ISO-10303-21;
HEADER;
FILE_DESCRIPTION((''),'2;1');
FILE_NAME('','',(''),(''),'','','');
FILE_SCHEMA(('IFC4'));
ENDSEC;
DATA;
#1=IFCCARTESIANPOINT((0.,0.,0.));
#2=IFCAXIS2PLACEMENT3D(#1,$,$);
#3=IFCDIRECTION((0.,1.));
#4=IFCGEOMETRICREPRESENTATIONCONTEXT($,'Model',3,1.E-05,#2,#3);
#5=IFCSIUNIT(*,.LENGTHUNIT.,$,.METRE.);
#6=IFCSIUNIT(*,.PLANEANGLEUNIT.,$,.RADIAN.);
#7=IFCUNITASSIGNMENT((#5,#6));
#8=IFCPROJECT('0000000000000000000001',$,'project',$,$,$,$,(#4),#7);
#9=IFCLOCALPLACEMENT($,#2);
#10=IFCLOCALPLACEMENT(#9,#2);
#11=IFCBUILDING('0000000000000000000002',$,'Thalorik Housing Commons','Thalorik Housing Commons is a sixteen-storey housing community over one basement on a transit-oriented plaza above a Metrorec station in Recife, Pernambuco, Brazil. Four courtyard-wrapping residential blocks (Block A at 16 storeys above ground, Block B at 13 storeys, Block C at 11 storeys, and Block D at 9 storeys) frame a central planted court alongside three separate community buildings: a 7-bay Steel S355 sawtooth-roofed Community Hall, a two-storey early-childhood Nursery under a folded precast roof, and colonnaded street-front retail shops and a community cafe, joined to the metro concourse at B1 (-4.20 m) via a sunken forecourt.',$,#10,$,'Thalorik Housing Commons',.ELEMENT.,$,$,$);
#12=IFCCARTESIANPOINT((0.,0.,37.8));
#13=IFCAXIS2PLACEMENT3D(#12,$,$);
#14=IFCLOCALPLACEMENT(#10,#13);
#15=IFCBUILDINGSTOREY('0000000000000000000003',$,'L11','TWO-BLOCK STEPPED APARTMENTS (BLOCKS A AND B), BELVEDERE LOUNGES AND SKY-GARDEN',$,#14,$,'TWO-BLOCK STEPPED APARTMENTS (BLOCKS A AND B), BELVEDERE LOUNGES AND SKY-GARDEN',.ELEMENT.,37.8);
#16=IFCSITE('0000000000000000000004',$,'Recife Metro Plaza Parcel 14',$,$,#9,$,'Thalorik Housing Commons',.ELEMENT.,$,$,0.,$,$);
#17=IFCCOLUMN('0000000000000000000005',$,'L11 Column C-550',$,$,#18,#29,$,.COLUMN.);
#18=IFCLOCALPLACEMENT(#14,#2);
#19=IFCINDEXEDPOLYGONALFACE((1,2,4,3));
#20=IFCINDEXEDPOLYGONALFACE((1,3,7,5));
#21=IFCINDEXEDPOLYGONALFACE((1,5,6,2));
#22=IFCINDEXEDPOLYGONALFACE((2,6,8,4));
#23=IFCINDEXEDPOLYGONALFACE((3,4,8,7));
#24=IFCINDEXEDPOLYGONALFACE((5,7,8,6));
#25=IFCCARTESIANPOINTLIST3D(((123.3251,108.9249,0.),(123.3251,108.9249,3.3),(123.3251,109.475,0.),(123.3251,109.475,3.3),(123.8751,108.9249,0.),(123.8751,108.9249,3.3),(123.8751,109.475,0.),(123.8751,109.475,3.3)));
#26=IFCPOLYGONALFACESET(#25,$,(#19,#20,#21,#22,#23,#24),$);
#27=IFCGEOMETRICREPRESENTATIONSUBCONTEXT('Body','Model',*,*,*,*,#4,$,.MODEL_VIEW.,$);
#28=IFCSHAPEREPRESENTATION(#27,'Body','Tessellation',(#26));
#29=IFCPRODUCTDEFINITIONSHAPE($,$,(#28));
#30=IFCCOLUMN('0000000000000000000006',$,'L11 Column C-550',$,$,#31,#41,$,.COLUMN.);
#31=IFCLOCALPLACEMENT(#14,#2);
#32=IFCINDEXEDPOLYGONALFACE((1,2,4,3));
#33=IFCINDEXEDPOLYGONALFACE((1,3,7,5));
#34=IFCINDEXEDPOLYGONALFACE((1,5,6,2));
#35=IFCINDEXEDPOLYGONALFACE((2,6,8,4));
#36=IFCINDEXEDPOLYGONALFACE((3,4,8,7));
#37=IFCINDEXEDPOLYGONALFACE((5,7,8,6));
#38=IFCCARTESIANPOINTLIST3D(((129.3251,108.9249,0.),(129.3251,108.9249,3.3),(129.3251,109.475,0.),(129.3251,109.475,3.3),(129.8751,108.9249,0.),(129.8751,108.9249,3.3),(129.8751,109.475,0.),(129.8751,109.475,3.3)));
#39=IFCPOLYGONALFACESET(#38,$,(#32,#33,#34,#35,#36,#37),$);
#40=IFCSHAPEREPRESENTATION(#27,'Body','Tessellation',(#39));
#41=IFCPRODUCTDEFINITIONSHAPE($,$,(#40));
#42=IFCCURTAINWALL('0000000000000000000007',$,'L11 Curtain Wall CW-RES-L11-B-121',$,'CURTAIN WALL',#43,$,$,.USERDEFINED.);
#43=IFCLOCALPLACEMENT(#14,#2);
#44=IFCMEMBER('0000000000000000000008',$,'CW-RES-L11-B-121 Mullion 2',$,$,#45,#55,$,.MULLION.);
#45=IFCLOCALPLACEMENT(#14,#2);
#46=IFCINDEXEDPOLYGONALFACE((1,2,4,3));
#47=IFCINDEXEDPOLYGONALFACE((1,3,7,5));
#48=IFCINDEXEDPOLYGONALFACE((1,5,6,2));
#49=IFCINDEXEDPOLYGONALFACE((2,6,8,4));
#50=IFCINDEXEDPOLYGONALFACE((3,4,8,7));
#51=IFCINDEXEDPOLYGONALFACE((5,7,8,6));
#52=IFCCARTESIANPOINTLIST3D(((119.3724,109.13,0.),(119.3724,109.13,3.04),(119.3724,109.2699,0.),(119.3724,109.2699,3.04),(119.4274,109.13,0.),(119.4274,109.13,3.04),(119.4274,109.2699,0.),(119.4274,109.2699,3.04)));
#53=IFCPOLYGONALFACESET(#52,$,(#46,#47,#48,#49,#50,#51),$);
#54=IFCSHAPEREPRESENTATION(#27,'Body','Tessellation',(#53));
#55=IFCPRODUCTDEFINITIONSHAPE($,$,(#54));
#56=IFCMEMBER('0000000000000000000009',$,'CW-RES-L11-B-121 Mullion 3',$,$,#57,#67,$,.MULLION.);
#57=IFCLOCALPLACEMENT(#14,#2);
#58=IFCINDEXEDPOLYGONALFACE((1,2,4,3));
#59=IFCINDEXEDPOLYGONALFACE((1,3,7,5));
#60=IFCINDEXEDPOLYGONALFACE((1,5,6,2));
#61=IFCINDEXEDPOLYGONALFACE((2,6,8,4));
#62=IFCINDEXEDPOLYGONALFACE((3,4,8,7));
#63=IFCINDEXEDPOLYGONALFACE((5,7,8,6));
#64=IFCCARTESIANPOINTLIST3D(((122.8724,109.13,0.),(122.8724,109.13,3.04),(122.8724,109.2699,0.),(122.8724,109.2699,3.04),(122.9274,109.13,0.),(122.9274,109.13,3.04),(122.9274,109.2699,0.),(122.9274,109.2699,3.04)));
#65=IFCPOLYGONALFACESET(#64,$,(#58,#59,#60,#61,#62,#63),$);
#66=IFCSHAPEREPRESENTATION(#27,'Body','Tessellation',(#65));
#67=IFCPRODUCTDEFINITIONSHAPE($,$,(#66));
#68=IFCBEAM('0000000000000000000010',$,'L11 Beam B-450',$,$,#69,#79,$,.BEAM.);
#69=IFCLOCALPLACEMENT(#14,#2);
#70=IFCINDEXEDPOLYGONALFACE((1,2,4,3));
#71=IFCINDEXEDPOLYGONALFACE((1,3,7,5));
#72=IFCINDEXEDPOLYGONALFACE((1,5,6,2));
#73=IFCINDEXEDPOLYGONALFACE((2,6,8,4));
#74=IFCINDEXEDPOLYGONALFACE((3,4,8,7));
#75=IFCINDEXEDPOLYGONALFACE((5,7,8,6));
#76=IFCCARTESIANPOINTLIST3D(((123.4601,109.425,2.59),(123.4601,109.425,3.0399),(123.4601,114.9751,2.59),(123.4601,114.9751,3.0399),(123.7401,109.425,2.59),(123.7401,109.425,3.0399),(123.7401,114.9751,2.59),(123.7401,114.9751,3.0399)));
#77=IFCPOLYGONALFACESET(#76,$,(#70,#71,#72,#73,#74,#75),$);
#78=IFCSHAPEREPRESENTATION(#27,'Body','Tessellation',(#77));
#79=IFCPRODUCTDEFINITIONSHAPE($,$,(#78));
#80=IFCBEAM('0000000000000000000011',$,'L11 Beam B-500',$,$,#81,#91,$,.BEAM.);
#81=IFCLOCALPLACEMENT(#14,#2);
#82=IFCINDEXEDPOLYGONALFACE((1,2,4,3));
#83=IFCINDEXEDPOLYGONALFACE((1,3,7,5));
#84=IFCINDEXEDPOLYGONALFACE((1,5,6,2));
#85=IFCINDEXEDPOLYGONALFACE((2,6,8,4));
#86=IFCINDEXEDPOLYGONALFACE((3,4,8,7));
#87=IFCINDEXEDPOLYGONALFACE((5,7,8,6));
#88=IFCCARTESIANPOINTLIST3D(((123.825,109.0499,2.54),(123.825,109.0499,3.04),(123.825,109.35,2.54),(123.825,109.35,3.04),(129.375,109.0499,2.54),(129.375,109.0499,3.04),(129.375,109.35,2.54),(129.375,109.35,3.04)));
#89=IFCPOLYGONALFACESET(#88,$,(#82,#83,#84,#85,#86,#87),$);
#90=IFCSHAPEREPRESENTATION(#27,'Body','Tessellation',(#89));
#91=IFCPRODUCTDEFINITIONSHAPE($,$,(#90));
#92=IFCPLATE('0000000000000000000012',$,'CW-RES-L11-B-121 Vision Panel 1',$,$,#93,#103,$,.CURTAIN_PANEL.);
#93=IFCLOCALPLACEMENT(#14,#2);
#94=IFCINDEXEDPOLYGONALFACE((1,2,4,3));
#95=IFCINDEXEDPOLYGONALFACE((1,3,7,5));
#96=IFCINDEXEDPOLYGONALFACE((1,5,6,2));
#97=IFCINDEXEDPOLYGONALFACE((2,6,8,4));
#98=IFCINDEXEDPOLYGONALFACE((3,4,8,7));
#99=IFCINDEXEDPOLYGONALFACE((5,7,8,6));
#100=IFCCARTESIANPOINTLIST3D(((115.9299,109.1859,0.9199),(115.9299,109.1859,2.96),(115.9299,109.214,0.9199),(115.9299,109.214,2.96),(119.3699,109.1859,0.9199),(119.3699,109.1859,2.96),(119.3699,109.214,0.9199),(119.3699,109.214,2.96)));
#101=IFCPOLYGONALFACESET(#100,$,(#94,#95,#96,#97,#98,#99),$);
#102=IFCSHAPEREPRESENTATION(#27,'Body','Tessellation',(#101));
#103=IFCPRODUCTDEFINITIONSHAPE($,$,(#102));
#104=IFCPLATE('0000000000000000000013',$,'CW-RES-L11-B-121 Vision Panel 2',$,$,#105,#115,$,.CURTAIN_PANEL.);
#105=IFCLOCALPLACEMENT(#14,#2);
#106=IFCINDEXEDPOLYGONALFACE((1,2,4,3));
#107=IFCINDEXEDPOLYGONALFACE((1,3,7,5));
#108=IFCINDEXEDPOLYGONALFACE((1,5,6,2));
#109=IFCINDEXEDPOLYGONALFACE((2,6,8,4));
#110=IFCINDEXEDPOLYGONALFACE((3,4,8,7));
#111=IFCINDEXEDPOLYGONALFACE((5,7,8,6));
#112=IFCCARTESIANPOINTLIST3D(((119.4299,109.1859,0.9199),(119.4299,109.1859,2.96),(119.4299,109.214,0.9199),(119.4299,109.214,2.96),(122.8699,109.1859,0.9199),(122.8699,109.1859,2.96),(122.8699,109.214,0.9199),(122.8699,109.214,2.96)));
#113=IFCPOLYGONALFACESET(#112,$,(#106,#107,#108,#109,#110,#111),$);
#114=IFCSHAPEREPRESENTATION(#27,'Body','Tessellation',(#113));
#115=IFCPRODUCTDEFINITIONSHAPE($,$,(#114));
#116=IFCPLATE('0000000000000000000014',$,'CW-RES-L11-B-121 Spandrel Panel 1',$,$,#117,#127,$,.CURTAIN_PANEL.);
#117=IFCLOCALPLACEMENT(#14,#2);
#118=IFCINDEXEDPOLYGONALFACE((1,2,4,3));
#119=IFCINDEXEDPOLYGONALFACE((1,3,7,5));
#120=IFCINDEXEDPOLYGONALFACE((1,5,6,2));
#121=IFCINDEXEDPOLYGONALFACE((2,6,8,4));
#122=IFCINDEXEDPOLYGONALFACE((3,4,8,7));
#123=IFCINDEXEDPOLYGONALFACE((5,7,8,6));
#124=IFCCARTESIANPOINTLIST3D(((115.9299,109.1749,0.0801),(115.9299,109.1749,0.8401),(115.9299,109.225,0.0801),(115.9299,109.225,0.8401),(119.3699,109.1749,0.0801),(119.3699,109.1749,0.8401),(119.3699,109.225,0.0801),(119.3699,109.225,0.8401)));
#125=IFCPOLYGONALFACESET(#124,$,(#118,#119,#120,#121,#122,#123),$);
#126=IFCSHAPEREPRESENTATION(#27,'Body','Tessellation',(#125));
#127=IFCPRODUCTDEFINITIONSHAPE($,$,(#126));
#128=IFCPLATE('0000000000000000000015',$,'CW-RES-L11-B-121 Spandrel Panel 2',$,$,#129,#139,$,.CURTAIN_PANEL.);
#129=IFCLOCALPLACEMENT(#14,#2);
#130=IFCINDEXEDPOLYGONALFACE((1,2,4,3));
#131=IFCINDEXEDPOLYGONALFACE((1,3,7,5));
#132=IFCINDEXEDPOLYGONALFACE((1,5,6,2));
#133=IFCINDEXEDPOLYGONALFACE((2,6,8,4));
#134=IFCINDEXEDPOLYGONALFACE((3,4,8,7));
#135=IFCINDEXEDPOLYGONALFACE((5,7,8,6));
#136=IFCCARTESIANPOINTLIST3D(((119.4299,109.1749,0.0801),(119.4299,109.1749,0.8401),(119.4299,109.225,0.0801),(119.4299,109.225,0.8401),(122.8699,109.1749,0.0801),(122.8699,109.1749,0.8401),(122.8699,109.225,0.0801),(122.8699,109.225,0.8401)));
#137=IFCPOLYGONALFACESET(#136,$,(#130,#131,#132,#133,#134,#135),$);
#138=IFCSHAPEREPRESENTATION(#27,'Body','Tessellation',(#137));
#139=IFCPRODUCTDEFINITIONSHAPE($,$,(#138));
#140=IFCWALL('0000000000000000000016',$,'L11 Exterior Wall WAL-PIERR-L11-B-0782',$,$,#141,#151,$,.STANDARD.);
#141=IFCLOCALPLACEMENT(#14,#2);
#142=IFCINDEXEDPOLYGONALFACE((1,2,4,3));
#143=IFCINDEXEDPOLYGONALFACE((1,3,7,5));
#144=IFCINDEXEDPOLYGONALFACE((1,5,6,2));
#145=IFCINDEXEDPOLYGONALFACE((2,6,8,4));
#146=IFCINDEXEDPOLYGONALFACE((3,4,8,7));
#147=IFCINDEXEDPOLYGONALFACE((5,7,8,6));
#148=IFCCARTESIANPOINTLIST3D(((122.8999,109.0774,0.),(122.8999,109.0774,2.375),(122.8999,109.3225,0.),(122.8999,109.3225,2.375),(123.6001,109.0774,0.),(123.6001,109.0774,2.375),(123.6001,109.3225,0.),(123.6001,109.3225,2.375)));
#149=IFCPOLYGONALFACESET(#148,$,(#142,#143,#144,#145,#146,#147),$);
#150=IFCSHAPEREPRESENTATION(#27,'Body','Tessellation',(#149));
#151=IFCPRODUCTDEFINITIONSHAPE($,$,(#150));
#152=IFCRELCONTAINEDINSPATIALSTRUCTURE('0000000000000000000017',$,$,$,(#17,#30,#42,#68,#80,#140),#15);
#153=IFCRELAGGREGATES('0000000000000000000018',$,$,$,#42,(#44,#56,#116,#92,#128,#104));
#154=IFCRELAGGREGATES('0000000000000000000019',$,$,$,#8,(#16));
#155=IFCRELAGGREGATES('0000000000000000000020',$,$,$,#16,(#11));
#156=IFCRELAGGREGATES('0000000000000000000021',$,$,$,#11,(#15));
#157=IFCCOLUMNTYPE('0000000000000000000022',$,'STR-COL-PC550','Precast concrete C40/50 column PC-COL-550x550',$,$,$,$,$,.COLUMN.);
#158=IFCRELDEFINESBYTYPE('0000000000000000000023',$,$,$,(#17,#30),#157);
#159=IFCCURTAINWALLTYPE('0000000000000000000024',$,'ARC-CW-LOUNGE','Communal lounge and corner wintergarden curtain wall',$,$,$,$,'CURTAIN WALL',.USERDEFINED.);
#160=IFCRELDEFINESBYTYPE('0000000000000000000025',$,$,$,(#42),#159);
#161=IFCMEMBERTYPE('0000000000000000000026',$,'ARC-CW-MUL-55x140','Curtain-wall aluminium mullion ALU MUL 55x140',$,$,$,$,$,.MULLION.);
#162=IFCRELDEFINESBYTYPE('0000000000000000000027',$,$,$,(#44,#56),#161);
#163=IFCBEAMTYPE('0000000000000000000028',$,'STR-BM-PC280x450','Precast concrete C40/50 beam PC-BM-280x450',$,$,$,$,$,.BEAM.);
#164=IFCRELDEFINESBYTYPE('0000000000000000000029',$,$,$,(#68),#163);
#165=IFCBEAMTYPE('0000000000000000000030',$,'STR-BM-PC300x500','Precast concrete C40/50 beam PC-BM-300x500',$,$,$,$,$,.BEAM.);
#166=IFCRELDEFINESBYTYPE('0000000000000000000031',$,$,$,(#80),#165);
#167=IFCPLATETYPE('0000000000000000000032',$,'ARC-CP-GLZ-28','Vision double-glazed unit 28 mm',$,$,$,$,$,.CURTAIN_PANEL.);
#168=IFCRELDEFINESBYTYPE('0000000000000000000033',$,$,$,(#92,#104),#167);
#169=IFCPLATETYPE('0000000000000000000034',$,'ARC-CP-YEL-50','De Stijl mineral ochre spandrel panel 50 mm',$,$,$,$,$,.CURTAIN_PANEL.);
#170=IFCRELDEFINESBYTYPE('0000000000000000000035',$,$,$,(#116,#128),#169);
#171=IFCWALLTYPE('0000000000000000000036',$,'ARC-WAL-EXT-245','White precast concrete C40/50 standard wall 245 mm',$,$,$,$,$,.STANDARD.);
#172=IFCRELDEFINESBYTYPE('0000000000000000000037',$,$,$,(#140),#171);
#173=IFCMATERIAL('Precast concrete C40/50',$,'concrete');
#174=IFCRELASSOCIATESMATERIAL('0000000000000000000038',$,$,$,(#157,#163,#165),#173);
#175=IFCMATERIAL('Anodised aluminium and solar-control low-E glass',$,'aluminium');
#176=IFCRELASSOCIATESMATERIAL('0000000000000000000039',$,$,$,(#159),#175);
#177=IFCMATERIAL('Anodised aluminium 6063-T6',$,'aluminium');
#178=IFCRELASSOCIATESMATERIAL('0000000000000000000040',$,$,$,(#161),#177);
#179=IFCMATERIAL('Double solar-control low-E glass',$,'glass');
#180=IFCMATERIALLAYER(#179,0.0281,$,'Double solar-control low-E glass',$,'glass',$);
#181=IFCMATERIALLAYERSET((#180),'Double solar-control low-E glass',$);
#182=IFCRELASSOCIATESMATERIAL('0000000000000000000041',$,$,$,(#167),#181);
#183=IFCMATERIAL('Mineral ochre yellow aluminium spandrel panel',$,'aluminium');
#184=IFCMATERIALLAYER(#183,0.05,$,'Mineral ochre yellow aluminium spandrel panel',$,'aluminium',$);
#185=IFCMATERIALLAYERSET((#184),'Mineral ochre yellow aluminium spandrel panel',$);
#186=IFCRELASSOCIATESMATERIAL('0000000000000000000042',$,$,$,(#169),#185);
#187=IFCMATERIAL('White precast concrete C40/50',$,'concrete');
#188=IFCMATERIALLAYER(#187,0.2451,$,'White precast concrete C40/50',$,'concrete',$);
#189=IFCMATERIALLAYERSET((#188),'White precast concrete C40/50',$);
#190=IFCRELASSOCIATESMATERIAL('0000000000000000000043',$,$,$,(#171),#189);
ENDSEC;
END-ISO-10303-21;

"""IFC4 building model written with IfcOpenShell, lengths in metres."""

from ifc_helpers import new_model, si_unit, direction, frame, frame_2d, origin, origin_2d, place, context, subcontext, project, spatial, rectangle, extrude, material, layer, layer_set, material_profile, profile_set, type_object, element, aggregate, save


model = new_model("IFC4")

# Units and contexts
model_context = context("Model", 3, precision=1e-05, world=origin(), true_north=direction((0.0, 1.0)))
body_context = subcontext(model_context, "Body", "Model", "MODEL_VIEW")
ifc_project = project(units=[si_unit("LENGTHUNIT", "METRE"), si_unit("PLANEANGLEUNIT", "RADIAN")], contexts=[model_context])

# Site, building, storey
site_placement = place(None, origin())
site = spatial("IfcSite", under=ifc_project, at=site_placement, Name="Recife Metro Plaza Parcel 14", LongName="Thalorik Housing Commons", CompositionType="ELEMENT", RefElevation=0.0)
building_placement = place(site_placement, origin())
building = spatial("IfcBuilding", under=site, at=building_placement, Name="Thalorik Housing Commons", Description="Thalorik Housing Commons is a sixteen-storey housing community over one basement on a transit-oriented plaza above a Metrorec station in Recife, Pernambuco, Brazil. Four courtyard-wrapping residential blocks (Block A at 16 storeys above ground, Block B at 13 storeys, Block C at 11 storeys, and Block D at 9 storeys) frame a central planted court alongside three separate community buildings: a 7-bay Steel S355 sawtooth-roofed Community Hall, a two-storey early-childhood Nursery under a folded precast roof, and colonnaded street-front retail shops and a community cafe, joined to the metro concourse at B1 (-4.20 m) via a sunken forecourt.", LongName="Thalorik Housing Commons", CompositionType="ELEMENT")
storey_placement = place(building_placement, frame((0.0, 0.0, 37.8)))
storey = spatial("IfcBuildingStorey", under=building, at=storey_placement, Name="L11", Description="TWO-BLOCK STEPPED APARTMENTS (BLOCKS A AND B), BELVEDERE LOUNGES AND SKY-GARDEN", LongName="TWO-BLOCK STEPPED APARTMENTS (BLOCKS A AND B), BELVEDERE LOUNGES AND SKY-GARDEN", CompositionType="ELEMENT", Elevation=37.8)

# Columns
ifc_material_1 = material(Name="Precast concrete C40/50", Category="concrete")
ifc_material_profile_1 = material_profile(ifc_material_1, rectangle(XDim=0.55, YDim=0.55, at=origin_2d()), Name="PC 550x550", Category="concrete")
ifc_profile_set_1 = profile_set([ifc_material_profile_1], Name="Precast concrete C40/50")
column_type = type_object("IfcColumnType", Name="STR-COL-PC550", Description="Precast concrete C40/50 column PC-COL-550x550", PredefinedType="COLUMN", material=ifc_profile_set_1)
for number, where, z_axis, x_axis, name in (
    (1, (123.6001, 109.2, 0.0), (0.0, 0.0, 1.0), (1.0, 0.0, 0.0), "L11 Column C-550"),
    (2, (129.6001, 109.2, 0.0), (0.0, 0.0, 1.0), (1.0, 0.0, 0.0), "L11 Column C-550"),
):
    element("IfcColumn", number, at=place(storey_placement, frame(where, z_axis=z_axis, x_axis=x_axis)), inside=storey, type_object=column_type, Name=name, PredefinedType="COLUMN", context=body_context, shape_type="SweptSolid", body=[
        extrude(rectangle(XDim=0.55, YDim=0.55, at=origin_2d()), origin(), (0.0, 0.0, 1.0), 3.3),
    ])

# Curtain wall, members
ifc_material_2 = material(Name="Anodised aluminium and solar-control low-E glass", Category="aluminium")
curtain_wall_type = type_object("IfcCurtainWallType", Name="ARC-CW-LOUNGE", Description="Communal lounge and corner wintergarden curtain wall", ElementType="CURTAIN WALL", PredefinedType="USERDEFINED", material=ifc_material_2)
curtain_wall_placement = place(storey_placement, origin())
curtain_wall = element("IfcCurtainWall", 3, at=curtain_wall_placement, inside=storey, type_object=curtain_wall_type, Name="L11 Curtain Wall CW-RES-L11-B-121", ObjectType="CURTAIN WALL", PredefinedType="USERDEFINED")
ifc_material_3 = material(Name="Anodised aluminium 6063-T6", Category="aluminium")
ifc_material_profile_2 = material_profile(ifc_material_3, rectangle(XDim=0.0549, YDim=0.1399, at=origin_2d()), Name="ALU MUL 55x140", Category="aluminium")
ifc_profile_set_2 = profile_set([ifc_material_profile_2], Name="Anodised aluminium 6063-T6")
member_type = type_object("IfcMemberType", Name="ARC-CW-MUL-55x140", Description="Curtain-wall aluminium mullion ALU MUL 55x140", PredefinedType="MULLION", material=ifc_profile_set_2)
member_1_placement = place(storey_placement, frame((119.3999, 109.2, 0.0), z_axis=(0.0, 0.0, 1.0), x_axis=(1.0, 0.0, 0.0)))
member_1 = element("IfcMember", 4, at=member_1_placement, type_object=member_type, Name="CW-RES-L11-B-121 Mullion 2", PredefinedType="MULLION", context=body_context, shape_type="SweptSolid", body=[
    extrude(rectangle(XDim=0.0549, YDim=0.1399, at=origin_2d()), origin(), (0.0, 0.0, 1.0), 3.04),
])
member_2_placement = place(storey_placement, frame((122.8999, 109.2, 0.0), z_axis=(0.0, 0.0, 1.0), x_axis=(1.0, 0.0, 0.0)))
member_2 = element("IfcMember", 5, at=member_2_placement, type_object=member_type, Name="CW-RES-L11-B-121 Mullion 3", PredefinedType="MULLION", context=body_context, shape_type="SweptSolid", body=[
    extrude(rectangle(XDim=0.0549, YDim=0.1399, at=origin_2d()), origin(), (0.0, 0.0, 1.0), 3.04),
])

# Beams
ifc_material_profile_3 = material_profile(ifc_material_1, rectangle(XDim=0.28, YDim=0.45, at=origin_2d()), Name="PC 280x450", Category="concrete")
ifc_profile_set_3 = profile_set([ifc_material_profile_3], Name="Precast concrete C40/50")
beam_type_1 = type_object("IfcBeamType", Name="STR-BM-PC280x450", Description="Precast concrete C40/50 beam PC-BM-280x450", PredefinedType="BEAM", material=ifc_profile_set_3)
beam_1_placement = place(storey_placement, frame((123.6001, 109.425, 2.8149), z_axis=(0.0, 1.0, 0.0), x_axis=(-1.0, 0.0, 0.0)))
element("IfcBeam", 6, at=beam_1_placement, inside=storey, type_object=beam_type_1, Name="L11 Beam B-450", PredefinedType="BEAM", context=body_context, shape_type="SweptSolid", body=[
    extrude(rectangle(XDim=0.28, YDim=0.45, at=origin_2d()), origin(), (0.0, 0.0, 1.0), 5.55),
])
ifc_material_profile_4 = material_profile(ifc_material_1, rectangle(XDim=0.3, YDim=0.5, at=origin_2d()), Name="PC 300x500", Category="concrete")
ifc_profile_set_4 = profile_set([ifc_material_profile_4], Name="Precast concrete C40/50")
beam_type_2 = type_object("IfcBeamType", Name="STR-BM-PC300x500", Description="Precast concrete C40/50 beam PC-BM-300x500", PredefinedType="BEAM", material=ifc_profile_set_4)
beam_2_placement = place(storey_placement, frame((123.825, 109.2, 2.79), z_axis=(1.0, 0.0, 0.0), x_axis=(0.0, 1.0, 0.0)))
element("IfcBeam", 7, at=beam_2_placement, inside=storey, type_object=beam_type_2, Name="L11 Beam B-500", PredefinedType="BEAM", context=body_context, shape_type="SweptSolid", body=[
    extrude(rectangle(XDim=0.3, YDim=0.5, at=origin_2d()), origin(), (0.0, 0.0, 1.0), 5.55),
])

# Plates
ifc_material_4 = material(Name="Double solar-control low-E glass", Category="glass")
ifc_layer_1 = layer(ifc_material_4, 0.0281, Name="Double solar-control low-E glass", Category="glass")
ifc_layer_set_1 = layer_set([ifc_layer_1], Name="Double solar-control low-E glass")
plate_type_1 = type_object("IfcPlateType", Name="ARC-CP-GLZ-28", Description="Vision double-glazed unit 28 mm", PredefinedType="CURTAIN_PANEL", material=ifc_layer_set_1)
plate_1_placement = place(storey_placement, frame((117.6499, 109.2, 0.9199), z_axis=(0.0, 0.0, 1.0), x_axis=(1.0, 0.0, 0.0)))
plate_1 = element("IfcPlate", 8, at=plate_1_placement, type_object=plate_type_1, Name="CW-RES-L11-B-121 Vision Panel 1", PredefinedType="CURTAIN_PANEL", context=body_context, shape_type="SweptSolid", body=[
    extrude(rectangle(XDim=3.4399, YDim=0.0281, at=origin_2d()), origin(), (0.0, 0.0, 1.0), 2.04),
])
plate_2_placement = place(storey_placement, frame((121.1499, 109.2, 0.9199), z_axis=(0.0, 0.0, 1.0), x_axis=(1.0, 0.0, 0.0)))
plate_2 = element("IfcPlate", 9, at=plate_2_placement, type_object=plate_type_1, Name="CW-RES-L11-B-121 Vision Panel 2", PredefinedType="CURTAIN_PANEL", context=body_context, shape_type="SweptSolid", body=[
    extrude(rectangle(XDim=3.4399, YDim=0.0281, at=origin_2d()), origin(), (0.0, 0.0, 1.0), 2.04),
])
ifc_material_5 = material(Name="Mineral ochre yellow aluminium spandrel panel", Category="aluminium")
ifc_layer_2 = layer(ifc_material_5, 0.05, Name="Mineral ochre yellow aluminium spandrel panel", Category="aluminium")
ifc_layer_set_2 = layer_set([ifc_layer_2], Name="Mineral ochre yellow aluminium spandrel panel")
plate_type_2 = type_object("IfcPlateType", Name="ARC-CP-YEL-50", Description="De Stijl mineral ochre spandrel panel 50 mm", PredefinedType="CURTAIN_PANEL", material=ifc_layer_set_2)
plate_3_placement = place(storey_placement, frame((117.6499, 109.2, 0.0801), z_axis=(0.0, 0.0, 1.0), x_axis=(1.0, 0.0, 0.0)))
plate_3 = element("IfcPlate", 10, at=plate_3_placement, type_object=plate_type_2, Name="CW-RES-L11-B-121 Spandrel Panel 1", PredefinedType="CURTAIN_PANEL", context=body_context, shape_type="SweptSolid", body=[
    extrude(rectangle(XDim=3.4399, YDim=0.05, at=origin_2d()), origin(), (0.0, 0.0, 1.0), 0.76),
])
plate_4_placement = place(storey_placement, frame((121.1499, 109.2, 0.0801), z_axis=(0.0, 0.0, 1.0), x_axis=(1.0, 0.0, 0.0)))
plate_4 = element("IfcPlate", 11, at=plate_4_placement, type_object=plate_type_2, Name="CW-RES-L11-B-121 Spandrel Panel 2", PredefinedType="CURTAIN_PANEL", context=body_context, shape_type="SweptSolid", body=[
    extrude(rectangle(XDim=3.4399, YDim=0.05, at=origin_2d()), origin(), (0.0, 0.0, 1.0), 0.76),
])
aggregate(curtain_wall, [member_1, member_2, plate_3, plate_1, plate_4, plate_2])

# Wall
ifc_material_6 = material(Name="White precast concrete C40/50", Category="concrete")
ifc_layer_3 = layer(ifc_material_6, 0.2451, Name="White precast concrete C40/50", Category="concrete")
ifc_layer_set_3 = layer_set([ifc_layer_3], Name="White precast concrete C40/50")
wall_type_1 = type_object("IfcWallType", Name="ARC-WAL-EXT-245", Description="White precast concrete C40/50 standard wall 245 mm", PredefinedType="STANDARD", material=ifc_layer_set_3)
wall_1_placement = place(storey_placement, frame((122.8999, 109.2, 0.0), z_axis=(0.0, 0.0, 1.0), x_axis=(1.0, 0.0, 0.0)))
element("IfcWall", 12, at=wall_1_placement, inside=storey, type_object=wall_type_1, Name="L11 Exterior Wall WAL-PIERR-L11-B-0782", PredefinedType="STANDARD", context=body_context, shape_type="SweptSolid", body=[
    extrude(rectangle(XDim=0.7002, YDim=0.2451, at=frame_2d((0.3501, 0.0))), origin(), (0.0, 0.0, 1.0), 2.375),
])

save(model, "model.ifc")
